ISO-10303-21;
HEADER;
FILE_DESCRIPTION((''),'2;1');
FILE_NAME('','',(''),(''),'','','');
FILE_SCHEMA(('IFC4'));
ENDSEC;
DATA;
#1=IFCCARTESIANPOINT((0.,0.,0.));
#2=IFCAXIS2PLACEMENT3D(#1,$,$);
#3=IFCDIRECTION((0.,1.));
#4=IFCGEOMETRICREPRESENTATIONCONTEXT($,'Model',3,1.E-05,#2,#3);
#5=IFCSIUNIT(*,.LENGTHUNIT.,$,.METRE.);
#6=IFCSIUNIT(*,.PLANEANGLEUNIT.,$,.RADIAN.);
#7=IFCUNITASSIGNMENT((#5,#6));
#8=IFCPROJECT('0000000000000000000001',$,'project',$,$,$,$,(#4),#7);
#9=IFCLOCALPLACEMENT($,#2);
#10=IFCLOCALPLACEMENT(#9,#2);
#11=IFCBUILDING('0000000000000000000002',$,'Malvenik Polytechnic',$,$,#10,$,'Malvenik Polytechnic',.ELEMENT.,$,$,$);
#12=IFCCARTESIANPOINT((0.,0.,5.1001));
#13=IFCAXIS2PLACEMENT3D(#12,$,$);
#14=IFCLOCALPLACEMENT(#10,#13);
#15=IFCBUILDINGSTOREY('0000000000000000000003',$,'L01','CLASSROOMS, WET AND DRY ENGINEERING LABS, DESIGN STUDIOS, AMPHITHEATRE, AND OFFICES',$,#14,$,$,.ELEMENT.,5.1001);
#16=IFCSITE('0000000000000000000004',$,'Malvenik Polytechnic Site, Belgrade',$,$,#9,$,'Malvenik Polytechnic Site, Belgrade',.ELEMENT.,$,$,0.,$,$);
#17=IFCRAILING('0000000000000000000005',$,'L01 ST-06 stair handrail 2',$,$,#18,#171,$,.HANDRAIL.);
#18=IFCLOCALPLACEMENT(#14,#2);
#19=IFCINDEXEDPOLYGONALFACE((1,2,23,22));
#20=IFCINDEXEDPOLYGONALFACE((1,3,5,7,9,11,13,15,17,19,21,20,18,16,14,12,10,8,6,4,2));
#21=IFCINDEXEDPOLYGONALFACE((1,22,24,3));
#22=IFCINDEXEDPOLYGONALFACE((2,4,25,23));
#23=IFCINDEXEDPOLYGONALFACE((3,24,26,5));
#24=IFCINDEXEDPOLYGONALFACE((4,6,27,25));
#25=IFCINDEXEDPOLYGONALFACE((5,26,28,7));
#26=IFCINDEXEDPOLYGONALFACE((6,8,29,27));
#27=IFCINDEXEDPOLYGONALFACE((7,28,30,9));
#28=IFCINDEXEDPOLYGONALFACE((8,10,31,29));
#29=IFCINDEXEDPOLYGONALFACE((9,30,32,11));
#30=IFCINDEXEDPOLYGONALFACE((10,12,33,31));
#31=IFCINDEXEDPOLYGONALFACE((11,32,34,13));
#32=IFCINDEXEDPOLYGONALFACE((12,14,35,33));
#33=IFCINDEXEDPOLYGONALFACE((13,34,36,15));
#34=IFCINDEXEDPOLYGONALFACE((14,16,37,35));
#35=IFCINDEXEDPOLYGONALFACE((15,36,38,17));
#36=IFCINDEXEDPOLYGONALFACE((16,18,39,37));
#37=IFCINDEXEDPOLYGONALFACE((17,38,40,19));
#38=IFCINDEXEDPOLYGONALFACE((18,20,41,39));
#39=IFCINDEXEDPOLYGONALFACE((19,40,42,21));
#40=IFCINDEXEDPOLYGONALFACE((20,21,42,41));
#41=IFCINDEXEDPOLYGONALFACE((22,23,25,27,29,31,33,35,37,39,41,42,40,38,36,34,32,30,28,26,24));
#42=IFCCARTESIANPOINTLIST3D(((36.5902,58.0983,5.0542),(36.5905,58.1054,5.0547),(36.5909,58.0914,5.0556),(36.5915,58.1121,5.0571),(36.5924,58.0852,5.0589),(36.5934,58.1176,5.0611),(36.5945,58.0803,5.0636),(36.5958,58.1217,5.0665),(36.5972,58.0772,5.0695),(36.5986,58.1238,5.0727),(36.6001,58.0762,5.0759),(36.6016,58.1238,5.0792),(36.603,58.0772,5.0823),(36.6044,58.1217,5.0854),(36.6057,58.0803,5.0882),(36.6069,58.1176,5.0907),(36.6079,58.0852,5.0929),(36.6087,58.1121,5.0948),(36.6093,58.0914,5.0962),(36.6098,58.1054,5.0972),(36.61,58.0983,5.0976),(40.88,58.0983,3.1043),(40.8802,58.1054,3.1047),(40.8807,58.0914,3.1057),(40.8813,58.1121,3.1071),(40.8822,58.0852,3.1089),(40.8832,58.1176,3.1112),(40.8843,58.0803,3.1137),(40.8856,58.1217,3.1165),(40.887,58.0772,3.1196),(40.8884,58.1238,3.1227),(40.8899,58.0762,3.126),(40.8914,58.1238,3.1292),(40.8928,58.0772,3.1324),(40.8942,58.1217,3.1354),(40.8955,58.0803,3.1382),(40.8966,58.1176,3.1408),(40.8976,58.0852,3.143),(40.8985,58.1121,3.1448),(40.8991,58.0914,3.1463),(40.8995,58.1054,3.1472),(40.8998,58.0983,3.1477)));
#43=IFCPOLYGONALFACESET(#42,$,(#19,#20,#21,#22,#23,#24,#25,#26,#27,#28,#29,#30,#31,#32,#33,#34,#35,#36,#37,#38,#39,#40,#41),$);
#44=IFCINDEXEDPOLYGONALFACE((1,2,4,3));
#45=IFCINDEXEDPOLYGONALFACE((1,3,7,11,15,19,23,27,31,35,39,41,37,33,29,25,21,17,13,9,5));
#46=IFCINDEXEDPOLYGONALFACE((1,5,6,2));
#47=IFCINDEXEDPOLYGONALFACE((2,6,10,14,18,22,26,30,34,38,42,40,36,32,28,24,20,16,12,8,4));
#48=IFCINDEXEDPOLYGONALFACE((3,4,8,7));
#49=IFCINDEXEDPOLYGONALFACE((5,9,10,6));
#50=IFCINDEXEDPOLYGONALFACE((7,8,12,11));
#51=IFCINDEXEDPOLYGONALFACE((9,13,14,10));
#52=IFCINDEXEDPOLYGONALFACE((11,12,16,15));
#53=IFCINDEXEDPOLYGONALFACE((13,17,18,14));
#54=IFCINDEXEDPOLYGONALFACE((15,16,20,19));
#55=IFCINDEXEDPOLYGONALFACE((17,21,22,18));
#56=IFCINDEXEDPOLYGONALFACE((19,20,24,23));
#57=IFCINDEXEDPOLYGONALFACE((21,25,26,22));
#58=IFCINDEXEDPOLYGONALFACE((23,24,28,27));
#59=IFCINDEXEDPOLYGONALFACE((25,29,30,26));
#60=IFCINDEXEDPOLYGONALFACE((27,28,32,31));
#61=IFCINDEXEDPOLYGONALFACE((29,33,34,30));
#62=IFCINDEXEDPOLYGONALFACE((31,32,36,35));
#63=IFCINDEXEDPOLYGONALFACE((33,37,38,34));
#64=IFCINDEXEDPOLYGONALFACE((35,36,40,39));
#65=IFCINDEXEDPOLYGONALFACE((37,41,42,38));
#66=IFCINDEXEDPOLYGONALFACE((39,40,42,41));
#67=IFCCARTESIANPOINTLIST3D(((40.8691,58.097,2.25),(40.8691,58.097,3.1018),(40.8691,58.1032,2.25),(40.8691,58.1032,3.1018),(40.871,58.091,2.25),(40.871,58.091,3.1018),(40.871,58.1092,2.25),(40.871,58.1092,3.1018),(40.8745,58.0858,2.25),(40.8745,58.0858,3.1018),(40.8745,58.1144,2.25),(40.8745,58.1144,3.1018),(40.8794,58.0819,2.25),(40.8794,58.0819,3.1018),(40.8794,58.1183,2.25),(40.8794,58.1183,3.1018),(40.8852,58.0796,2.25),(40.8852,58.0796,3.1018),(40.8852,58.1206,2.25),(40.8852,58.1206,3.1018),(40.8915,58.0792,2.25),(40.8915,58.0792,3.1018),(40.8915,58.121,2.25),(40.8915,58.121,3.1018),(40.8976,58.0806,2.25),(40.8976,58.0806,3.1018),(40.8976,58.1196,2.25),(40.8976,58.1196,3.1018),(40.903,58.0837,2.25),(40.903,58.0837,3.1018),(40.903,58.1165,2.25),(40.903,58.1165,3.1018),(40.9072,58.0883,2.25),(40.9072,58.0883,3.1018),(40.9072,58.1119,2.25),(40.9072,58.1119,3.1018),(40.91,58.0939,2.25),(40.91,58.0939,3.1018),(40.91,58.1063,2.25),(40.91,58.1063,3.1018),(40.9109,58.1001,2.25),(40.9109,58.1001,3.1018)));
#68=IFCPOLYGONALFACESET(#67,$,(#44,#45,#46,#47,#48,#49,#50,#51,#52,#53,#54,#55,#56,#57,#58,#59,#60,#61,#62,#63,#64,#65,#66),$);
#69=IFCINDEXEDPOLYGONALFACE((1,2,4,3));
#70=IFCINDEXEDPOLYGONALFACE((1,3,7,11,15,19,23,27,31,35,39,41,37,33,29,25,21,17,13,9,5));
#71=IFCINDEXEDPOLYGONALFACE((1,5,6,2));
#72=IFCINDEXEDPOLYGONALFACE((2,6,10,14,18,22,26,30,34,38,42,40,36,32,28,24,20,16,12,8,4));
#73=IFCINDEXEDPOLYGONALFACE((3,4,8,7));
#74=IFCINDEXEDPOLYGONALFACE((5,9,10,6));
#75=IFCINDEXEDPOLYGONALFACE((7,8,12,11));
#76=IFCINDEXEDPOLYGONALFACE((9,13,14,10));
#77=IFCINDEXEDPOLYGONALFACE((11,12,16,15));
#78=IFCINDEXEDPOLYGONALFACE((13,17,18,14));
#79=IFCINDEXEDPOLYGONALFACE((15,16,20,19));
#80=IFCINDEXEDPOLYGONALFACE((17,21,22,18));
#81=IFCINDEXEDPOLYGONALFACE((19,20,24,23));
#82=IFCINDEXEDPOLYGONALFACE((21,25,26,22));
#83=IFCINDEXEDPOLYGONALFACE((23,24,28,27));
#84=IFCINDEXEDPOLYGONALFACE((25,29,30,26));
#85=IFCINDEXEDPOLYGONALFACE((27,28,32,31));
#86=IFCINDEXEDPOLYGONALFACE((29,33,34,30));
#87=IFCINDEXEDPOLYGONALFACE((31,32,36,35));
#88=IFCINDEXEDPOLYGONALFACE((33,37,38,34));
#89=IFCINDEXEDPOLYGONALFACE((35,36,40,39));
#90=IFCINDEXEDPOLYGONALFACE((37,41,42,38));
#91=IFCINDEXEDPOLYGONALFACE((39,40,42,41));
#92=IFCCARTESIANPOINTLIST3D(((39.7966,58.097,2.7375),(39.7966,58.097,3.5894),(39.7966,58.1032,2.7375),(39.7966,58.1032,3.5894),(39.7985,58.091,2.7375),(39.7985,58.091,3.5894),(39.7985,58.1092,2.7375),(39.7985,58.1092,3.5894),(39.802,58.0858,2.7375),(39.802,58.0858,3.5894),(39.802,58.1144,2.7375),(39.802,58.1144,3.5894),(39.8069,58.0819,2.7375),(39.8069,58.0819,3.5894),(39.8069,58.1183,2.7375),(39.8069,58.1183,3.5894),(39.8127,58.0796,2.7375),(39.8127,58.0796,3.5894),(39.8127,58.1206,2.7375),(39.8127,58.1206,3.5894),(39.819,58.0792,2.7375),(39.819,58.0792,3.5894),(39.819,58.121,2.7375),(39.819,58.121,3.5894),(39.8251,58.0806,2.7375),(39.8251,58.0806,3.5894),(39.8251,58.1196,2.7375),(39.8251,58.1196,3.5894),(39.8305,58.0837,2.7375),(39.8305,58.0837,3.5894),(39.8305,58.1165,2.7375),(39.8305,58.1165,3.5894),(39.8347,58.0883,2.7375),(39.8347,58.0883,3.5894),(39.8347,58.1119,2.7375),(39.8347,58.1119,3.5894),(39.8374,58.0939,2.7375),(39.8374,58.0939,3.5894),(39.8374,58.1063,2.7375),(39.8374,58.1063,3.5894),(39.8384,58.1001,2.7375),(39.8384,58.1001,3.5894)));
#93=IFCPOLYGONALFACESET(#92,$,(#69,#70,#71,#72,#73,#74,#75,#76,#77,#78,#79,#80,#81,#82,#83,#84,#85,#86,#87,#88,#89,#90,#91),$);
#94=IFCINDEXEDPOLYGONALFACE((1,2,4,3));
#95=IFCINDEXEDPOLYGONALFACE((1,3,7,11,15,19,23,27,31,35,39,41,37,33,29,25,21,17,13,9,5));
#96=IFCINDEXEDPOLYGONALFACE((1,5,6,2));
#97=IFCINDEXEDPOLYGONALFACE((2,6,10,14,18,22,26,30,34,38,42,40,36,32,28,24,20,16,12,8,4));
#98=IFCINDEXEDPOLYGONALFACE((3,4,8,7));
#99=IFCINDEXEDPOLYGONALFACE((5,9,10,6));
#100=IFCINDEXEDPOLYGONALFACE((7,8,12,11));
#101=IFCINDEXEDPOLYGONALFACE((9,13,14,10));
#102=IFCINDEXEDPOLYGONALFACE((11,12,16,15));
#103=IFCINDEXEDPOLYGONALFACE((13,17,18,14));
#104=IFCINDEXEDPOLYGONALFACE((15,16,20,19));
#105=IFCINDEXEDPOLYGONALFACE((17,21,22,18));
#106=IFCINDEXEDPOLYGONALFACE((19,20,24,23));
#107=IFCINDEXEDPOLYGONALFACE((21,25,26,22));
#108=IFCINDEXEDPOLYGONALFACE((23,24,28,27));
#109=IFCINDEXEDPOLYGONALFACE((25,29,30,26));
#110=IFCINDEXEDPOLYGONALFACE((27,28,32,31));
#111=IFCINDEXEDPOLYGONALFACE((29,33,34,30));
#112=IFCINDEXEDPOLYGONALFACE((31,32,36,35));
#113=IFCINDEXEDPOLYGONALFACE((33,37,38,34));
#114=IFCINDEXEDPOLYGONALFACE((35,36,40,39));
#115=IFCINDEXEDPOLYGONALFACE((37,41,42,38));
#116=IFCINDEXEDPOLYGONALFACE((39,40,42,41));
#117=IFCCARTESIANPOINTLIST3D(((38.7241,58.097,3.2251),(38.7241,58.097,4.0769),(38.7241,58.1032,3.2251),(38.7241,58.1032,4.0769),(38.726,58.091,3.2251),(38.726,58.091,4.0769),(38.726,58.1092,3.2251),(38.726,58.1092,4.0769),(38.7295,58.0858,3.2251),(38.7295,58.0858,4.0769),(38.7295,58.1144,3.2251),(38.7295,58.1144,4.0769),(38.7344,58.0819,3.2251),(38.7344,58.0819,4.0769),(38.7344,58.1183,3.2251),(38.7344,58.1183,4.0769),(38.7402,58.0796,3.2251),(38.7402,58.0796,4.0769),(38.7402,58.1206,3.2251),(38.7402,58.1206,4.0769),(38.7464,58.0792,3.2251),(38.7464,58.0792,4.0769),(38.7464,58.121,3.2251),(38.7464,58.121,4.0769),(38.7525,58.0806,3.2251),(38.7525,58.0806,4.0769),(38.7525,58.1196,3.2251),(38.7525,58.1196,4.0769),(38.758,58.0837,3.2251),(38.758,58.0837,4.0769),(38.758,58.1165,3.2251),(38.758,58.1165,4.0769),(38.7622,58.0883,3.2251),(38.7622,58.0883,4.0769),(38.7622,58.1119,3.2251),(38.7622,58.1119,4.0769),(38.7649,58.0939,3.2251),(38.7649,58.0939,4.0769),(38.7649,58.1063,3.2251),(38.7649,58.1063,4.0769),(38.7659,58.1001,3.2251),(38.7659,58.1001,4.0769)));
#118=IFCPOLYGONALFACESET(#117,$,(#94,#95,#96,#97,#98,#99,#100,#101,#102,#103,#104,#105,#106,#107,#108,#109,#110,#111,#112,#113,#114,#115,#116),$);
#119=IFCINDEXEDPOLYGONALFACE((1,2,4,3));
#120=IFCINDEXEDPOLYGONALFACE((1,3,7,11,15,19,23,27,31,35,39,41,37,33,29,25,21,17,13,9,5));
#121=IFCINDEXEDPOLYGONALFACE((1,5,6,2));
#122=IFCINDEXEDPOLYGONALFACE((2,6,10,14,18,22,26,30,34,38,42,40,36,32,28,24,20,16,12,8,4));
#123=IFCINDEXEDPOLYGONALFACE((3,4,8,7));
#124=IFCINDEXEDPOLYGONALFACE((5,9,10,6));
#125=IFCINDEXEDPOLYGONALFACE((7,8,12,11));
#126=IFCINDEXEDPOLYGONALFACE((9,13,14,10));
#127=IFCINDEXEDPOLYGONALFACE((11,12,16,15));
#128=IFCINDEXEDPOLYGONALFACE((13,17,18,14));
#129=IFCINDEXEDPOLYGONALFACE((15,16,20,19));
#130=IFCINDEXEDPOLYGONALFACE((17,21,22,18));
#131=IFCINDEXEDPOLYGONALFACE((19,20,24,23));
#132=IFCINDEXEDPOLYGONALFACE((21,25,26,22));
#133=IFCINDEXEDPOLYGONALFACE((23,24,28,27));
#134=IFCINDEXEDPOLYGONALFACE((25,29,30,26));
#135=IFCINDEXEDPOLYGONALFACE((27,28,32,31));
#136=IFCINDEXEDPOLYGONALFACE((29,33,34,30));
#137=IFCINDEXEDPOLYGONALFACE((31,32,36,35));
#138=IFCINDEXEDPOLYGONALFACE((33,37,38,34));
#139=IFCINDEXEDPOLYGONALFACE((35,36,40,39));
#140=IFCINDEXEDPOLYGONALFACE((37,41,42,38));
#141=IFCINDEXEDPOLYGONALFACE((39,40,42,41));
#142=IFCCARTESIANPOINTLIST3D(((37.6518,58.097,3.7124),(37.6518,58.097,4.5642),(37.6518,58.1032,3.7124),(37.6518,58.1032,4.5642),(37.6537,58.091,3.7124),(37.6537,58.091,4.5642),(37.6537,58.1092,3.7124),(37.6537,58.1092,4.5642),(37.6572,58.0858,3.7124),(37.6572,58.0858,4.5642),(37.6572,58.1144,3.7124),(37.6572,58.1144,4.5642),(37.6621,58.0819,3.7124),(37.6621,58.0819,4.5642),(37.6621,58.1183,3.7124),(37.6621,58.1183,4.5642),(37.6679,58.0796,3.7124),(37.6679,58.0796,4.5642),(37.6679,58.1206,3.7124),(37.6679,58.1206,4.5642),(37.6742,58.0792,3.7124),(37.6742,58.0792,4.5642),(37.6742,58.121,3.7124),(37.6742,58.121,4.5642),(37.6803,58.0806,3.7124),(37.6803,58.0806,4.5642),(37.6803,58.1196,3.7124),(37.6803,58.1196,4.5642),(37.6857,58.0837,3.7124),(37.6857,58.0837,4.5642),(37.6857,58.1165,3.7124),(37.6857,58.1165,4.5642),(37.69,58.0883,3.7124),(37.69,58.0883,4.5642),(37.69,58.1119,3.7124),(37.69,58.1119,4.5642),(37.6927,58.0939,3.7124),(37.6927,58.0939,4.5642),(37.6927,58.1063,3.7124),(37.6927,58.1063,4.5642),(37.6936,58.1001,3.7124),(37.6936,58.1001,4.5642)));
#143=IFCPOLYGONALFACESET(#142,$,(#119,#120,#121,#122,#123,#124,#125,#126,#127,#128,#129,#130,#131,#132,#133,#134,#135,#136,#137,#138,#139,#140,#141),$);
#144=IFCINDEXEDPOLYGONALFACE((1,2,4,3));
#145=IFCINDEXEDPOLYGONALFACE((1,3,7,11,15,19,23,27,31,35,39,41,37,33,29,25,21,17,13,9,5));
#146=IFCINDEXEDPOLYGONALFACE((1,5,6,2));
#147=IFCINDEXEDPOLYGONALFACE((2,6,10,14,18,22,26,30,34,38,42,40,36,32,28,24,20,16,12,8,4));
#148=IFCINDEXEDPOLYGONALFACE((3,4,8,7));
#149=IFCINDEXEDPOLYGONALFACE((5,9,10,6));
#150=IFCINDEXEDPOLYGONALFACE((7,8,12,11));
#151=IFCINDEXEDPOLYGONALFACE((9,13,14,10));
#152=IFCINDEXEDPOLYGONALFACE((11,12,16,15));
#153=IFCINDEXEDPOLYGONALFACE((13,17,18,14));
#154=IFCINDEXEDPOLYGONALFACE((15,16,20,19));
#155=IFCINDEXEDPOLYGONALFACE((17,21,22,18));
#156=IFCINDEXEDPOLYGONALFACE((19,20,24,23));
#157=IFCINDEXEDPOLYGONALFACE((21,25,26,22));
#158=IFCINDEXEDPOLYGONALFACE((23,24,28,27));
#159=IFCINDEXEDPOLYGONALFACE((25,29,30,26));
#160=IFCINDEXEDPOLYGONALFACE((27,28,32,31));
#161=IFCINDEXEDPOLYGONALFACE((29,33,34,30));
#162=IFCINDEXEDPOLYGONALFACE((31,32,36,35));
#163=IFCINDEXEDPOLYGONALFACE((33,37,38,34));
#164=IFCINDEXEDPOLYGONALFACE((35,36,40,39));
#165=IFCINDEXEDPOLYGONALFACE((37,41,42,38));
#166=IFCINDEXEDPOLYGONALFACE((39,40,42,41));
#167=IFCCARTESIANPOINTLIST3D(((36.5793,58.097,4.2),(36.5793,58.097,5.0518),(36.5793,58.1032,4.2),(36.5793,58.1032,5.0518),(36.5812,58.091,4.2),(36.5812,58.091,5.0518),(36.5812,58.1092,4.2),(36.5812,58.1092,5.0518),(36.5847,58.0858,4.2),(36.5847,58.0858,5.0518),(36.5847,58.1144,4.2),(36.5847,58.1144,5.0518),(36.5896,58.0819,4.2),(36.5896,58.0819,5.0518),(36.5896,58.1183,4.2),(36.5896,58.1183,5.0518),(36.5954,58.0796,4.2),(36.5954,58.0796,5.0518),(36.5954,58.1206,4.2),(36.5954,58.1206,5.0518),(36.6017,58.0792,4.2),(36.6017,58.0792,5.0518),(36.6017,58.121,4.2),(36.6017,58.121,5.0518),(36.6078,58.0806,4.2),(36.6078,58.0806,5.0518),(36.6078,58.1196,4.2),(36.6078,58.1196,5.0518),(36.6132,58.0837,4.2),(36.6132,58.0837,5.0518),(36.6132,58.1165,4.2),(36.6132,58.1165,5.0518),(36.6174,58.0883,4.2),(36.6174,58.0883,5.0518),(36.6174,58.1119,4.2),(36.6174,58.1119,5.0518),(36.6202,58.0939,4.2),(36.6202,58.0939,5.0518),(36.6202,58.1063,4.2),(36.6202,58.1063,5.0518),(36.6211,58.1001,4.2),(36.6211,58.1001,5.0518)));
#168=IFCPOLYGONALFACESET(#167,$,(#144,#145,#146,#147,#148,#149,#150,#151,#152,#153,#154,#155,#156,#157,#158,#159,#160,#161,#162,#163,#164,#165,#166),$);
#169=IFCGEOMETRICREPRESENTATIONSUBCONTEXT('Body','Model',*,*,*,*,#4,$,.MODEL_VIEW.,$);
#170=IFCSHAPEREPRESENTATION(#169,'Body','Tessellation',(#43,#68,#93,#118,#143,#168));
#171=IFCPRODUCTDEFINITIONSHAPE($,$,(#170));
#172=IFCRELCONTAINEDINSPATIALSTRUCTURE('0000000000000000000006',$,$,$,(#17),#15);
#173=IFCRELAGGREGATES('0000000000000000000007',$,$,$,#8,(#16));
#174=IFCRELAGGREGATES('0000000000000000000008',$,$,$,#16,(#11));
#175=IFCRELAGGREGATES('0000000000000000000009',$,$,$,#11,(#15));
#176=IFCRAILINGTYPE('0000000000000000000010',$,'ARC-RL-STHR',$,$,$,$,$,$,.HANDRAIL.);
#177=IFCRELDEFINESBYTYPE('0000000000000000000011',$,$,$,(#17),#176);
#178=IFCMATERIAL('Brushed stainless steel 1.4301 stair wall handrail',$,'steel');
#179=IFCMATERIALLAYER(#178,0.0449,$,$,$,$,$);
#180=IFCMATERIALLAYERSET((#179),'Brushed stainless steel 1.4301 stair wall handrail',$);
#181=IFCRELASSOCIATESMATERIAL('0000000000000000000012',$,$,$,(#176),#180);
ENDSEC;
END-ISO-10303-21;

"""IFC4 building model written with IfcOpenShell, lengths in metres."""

from ifc_helpers import new_model, si_unit, direction, frame, origin, origin_2d, place, context, subcontext, project, spatial, circle, extrude, material, layer, layer_set, type_object, element, save


model = new_model("IFC4")

# Units and contexts
model_context = context("Model", 3, precision=1e-05, world=origin(), true_north=direction((0.0, 1.0)))
body_context = subcontext(model_context, "Body", "Model", "MODEL_VIEW")
ifc_project = project(units=[si_unit("LENGTHUNIT", "METRE"), si_unit("PLANEANGLEUNIT", "RADIAN")], contexts=[model_context])

# Site, building, storey
site_placement = place(None, origin())
site = spatial("IfcSite", under=ifc_project, at=site_placement, Name="Malvenik Polytechnic Site, Belgrade", LongName="Malvenik Polytechnic Site, Belgrade", CompositionType="ELEMENT", RefElevation=0.0)
building_placement = place(site_placement, origin())
building = spatial("IfcBuilding", under=site, at=building_placement, Name="Malvenik Polytechnic", LongName="Malvenik Polytechnic", CompositionType="ELEMENT")
storey_placement = place(building_placement, frame((0.0, 0.0, 5.1001)))
storey = spatial("IfcBuildingStorey", under=building, at=storey_placement, Name="L01", Description="CLASSROOMS, WET AND DRY ENGINEERING LABS, DESIGN STUDIOS, AMPHITHEATRE, AND OFFICES", CompositionType="ELEMENT", Elevation=5.1001)

# Railing
ifc_material_1 = material(Name="Brushed stainless steel 1.4301 stair wall handrail", Category="steel")
ifc_layer_1 = layer(ifc_material_1, 0.0449)
ifc_layer_set_1 = layer_set([ifc_layer_1], Name="Brushed stainless steel 1.4301 stair wall handrail")
railing_type_1 = type_object("IfcRailingType", Name="ARC-RL-STHR", PredefinedType="HANDRAIL", material=ifc_layer_set_1)
railing_1_placement = place(storey_placement, frame((40.8899, 58.1001, 2.25)))
element("IfcRailing", 1, at=railing_1_placement, inside=storey, type_object=railing_type_1, Name="L01 ST-06 stair handrail 2", PredefinedType="HANDRAIL", context=body_context, shape_type="SweptSolid", body=[
    extrude(circle(Radius=0.0239, at=origin_2d()), frame((0.0, 0.0, 0.876), z_axis=(-0.910363, 0.0, 0.413811), x_axis=(0.0, -1.0, 0.0)), (0.0, 0.0, 1.0), 4.7122),
    extrude(circle(Radius=0.021, at=origin_2d()), origin(), (0.0, 0.0, 1.0), 0.8518),
    extrude(circle(Radius=0.021, at=origin_2d()), frame((-1.0725, 0.0, 0.4875)), (0.0, 0.0, 1.0), 0.8518),
    extrude(circle(Radius=0.021, at=origin_2d()), frame((-2.145, 0.0, 0.9751)), (0.0, 0.0, 1.0), 0.8518),
    extrude(circle(Radius=0.021, at=origin_2d()), frame((-3.2173, 0.0, 1.4624)), (0.0, 0.0, 1.0), 0.8518),
    extrude(circle(Radius=0.021, at=origin_2d()), frame((-4.2898, 0.0, 1.95)), (0.0, 0.0, 1.0), 0.8518),
])

save(model, "model.ifc")
